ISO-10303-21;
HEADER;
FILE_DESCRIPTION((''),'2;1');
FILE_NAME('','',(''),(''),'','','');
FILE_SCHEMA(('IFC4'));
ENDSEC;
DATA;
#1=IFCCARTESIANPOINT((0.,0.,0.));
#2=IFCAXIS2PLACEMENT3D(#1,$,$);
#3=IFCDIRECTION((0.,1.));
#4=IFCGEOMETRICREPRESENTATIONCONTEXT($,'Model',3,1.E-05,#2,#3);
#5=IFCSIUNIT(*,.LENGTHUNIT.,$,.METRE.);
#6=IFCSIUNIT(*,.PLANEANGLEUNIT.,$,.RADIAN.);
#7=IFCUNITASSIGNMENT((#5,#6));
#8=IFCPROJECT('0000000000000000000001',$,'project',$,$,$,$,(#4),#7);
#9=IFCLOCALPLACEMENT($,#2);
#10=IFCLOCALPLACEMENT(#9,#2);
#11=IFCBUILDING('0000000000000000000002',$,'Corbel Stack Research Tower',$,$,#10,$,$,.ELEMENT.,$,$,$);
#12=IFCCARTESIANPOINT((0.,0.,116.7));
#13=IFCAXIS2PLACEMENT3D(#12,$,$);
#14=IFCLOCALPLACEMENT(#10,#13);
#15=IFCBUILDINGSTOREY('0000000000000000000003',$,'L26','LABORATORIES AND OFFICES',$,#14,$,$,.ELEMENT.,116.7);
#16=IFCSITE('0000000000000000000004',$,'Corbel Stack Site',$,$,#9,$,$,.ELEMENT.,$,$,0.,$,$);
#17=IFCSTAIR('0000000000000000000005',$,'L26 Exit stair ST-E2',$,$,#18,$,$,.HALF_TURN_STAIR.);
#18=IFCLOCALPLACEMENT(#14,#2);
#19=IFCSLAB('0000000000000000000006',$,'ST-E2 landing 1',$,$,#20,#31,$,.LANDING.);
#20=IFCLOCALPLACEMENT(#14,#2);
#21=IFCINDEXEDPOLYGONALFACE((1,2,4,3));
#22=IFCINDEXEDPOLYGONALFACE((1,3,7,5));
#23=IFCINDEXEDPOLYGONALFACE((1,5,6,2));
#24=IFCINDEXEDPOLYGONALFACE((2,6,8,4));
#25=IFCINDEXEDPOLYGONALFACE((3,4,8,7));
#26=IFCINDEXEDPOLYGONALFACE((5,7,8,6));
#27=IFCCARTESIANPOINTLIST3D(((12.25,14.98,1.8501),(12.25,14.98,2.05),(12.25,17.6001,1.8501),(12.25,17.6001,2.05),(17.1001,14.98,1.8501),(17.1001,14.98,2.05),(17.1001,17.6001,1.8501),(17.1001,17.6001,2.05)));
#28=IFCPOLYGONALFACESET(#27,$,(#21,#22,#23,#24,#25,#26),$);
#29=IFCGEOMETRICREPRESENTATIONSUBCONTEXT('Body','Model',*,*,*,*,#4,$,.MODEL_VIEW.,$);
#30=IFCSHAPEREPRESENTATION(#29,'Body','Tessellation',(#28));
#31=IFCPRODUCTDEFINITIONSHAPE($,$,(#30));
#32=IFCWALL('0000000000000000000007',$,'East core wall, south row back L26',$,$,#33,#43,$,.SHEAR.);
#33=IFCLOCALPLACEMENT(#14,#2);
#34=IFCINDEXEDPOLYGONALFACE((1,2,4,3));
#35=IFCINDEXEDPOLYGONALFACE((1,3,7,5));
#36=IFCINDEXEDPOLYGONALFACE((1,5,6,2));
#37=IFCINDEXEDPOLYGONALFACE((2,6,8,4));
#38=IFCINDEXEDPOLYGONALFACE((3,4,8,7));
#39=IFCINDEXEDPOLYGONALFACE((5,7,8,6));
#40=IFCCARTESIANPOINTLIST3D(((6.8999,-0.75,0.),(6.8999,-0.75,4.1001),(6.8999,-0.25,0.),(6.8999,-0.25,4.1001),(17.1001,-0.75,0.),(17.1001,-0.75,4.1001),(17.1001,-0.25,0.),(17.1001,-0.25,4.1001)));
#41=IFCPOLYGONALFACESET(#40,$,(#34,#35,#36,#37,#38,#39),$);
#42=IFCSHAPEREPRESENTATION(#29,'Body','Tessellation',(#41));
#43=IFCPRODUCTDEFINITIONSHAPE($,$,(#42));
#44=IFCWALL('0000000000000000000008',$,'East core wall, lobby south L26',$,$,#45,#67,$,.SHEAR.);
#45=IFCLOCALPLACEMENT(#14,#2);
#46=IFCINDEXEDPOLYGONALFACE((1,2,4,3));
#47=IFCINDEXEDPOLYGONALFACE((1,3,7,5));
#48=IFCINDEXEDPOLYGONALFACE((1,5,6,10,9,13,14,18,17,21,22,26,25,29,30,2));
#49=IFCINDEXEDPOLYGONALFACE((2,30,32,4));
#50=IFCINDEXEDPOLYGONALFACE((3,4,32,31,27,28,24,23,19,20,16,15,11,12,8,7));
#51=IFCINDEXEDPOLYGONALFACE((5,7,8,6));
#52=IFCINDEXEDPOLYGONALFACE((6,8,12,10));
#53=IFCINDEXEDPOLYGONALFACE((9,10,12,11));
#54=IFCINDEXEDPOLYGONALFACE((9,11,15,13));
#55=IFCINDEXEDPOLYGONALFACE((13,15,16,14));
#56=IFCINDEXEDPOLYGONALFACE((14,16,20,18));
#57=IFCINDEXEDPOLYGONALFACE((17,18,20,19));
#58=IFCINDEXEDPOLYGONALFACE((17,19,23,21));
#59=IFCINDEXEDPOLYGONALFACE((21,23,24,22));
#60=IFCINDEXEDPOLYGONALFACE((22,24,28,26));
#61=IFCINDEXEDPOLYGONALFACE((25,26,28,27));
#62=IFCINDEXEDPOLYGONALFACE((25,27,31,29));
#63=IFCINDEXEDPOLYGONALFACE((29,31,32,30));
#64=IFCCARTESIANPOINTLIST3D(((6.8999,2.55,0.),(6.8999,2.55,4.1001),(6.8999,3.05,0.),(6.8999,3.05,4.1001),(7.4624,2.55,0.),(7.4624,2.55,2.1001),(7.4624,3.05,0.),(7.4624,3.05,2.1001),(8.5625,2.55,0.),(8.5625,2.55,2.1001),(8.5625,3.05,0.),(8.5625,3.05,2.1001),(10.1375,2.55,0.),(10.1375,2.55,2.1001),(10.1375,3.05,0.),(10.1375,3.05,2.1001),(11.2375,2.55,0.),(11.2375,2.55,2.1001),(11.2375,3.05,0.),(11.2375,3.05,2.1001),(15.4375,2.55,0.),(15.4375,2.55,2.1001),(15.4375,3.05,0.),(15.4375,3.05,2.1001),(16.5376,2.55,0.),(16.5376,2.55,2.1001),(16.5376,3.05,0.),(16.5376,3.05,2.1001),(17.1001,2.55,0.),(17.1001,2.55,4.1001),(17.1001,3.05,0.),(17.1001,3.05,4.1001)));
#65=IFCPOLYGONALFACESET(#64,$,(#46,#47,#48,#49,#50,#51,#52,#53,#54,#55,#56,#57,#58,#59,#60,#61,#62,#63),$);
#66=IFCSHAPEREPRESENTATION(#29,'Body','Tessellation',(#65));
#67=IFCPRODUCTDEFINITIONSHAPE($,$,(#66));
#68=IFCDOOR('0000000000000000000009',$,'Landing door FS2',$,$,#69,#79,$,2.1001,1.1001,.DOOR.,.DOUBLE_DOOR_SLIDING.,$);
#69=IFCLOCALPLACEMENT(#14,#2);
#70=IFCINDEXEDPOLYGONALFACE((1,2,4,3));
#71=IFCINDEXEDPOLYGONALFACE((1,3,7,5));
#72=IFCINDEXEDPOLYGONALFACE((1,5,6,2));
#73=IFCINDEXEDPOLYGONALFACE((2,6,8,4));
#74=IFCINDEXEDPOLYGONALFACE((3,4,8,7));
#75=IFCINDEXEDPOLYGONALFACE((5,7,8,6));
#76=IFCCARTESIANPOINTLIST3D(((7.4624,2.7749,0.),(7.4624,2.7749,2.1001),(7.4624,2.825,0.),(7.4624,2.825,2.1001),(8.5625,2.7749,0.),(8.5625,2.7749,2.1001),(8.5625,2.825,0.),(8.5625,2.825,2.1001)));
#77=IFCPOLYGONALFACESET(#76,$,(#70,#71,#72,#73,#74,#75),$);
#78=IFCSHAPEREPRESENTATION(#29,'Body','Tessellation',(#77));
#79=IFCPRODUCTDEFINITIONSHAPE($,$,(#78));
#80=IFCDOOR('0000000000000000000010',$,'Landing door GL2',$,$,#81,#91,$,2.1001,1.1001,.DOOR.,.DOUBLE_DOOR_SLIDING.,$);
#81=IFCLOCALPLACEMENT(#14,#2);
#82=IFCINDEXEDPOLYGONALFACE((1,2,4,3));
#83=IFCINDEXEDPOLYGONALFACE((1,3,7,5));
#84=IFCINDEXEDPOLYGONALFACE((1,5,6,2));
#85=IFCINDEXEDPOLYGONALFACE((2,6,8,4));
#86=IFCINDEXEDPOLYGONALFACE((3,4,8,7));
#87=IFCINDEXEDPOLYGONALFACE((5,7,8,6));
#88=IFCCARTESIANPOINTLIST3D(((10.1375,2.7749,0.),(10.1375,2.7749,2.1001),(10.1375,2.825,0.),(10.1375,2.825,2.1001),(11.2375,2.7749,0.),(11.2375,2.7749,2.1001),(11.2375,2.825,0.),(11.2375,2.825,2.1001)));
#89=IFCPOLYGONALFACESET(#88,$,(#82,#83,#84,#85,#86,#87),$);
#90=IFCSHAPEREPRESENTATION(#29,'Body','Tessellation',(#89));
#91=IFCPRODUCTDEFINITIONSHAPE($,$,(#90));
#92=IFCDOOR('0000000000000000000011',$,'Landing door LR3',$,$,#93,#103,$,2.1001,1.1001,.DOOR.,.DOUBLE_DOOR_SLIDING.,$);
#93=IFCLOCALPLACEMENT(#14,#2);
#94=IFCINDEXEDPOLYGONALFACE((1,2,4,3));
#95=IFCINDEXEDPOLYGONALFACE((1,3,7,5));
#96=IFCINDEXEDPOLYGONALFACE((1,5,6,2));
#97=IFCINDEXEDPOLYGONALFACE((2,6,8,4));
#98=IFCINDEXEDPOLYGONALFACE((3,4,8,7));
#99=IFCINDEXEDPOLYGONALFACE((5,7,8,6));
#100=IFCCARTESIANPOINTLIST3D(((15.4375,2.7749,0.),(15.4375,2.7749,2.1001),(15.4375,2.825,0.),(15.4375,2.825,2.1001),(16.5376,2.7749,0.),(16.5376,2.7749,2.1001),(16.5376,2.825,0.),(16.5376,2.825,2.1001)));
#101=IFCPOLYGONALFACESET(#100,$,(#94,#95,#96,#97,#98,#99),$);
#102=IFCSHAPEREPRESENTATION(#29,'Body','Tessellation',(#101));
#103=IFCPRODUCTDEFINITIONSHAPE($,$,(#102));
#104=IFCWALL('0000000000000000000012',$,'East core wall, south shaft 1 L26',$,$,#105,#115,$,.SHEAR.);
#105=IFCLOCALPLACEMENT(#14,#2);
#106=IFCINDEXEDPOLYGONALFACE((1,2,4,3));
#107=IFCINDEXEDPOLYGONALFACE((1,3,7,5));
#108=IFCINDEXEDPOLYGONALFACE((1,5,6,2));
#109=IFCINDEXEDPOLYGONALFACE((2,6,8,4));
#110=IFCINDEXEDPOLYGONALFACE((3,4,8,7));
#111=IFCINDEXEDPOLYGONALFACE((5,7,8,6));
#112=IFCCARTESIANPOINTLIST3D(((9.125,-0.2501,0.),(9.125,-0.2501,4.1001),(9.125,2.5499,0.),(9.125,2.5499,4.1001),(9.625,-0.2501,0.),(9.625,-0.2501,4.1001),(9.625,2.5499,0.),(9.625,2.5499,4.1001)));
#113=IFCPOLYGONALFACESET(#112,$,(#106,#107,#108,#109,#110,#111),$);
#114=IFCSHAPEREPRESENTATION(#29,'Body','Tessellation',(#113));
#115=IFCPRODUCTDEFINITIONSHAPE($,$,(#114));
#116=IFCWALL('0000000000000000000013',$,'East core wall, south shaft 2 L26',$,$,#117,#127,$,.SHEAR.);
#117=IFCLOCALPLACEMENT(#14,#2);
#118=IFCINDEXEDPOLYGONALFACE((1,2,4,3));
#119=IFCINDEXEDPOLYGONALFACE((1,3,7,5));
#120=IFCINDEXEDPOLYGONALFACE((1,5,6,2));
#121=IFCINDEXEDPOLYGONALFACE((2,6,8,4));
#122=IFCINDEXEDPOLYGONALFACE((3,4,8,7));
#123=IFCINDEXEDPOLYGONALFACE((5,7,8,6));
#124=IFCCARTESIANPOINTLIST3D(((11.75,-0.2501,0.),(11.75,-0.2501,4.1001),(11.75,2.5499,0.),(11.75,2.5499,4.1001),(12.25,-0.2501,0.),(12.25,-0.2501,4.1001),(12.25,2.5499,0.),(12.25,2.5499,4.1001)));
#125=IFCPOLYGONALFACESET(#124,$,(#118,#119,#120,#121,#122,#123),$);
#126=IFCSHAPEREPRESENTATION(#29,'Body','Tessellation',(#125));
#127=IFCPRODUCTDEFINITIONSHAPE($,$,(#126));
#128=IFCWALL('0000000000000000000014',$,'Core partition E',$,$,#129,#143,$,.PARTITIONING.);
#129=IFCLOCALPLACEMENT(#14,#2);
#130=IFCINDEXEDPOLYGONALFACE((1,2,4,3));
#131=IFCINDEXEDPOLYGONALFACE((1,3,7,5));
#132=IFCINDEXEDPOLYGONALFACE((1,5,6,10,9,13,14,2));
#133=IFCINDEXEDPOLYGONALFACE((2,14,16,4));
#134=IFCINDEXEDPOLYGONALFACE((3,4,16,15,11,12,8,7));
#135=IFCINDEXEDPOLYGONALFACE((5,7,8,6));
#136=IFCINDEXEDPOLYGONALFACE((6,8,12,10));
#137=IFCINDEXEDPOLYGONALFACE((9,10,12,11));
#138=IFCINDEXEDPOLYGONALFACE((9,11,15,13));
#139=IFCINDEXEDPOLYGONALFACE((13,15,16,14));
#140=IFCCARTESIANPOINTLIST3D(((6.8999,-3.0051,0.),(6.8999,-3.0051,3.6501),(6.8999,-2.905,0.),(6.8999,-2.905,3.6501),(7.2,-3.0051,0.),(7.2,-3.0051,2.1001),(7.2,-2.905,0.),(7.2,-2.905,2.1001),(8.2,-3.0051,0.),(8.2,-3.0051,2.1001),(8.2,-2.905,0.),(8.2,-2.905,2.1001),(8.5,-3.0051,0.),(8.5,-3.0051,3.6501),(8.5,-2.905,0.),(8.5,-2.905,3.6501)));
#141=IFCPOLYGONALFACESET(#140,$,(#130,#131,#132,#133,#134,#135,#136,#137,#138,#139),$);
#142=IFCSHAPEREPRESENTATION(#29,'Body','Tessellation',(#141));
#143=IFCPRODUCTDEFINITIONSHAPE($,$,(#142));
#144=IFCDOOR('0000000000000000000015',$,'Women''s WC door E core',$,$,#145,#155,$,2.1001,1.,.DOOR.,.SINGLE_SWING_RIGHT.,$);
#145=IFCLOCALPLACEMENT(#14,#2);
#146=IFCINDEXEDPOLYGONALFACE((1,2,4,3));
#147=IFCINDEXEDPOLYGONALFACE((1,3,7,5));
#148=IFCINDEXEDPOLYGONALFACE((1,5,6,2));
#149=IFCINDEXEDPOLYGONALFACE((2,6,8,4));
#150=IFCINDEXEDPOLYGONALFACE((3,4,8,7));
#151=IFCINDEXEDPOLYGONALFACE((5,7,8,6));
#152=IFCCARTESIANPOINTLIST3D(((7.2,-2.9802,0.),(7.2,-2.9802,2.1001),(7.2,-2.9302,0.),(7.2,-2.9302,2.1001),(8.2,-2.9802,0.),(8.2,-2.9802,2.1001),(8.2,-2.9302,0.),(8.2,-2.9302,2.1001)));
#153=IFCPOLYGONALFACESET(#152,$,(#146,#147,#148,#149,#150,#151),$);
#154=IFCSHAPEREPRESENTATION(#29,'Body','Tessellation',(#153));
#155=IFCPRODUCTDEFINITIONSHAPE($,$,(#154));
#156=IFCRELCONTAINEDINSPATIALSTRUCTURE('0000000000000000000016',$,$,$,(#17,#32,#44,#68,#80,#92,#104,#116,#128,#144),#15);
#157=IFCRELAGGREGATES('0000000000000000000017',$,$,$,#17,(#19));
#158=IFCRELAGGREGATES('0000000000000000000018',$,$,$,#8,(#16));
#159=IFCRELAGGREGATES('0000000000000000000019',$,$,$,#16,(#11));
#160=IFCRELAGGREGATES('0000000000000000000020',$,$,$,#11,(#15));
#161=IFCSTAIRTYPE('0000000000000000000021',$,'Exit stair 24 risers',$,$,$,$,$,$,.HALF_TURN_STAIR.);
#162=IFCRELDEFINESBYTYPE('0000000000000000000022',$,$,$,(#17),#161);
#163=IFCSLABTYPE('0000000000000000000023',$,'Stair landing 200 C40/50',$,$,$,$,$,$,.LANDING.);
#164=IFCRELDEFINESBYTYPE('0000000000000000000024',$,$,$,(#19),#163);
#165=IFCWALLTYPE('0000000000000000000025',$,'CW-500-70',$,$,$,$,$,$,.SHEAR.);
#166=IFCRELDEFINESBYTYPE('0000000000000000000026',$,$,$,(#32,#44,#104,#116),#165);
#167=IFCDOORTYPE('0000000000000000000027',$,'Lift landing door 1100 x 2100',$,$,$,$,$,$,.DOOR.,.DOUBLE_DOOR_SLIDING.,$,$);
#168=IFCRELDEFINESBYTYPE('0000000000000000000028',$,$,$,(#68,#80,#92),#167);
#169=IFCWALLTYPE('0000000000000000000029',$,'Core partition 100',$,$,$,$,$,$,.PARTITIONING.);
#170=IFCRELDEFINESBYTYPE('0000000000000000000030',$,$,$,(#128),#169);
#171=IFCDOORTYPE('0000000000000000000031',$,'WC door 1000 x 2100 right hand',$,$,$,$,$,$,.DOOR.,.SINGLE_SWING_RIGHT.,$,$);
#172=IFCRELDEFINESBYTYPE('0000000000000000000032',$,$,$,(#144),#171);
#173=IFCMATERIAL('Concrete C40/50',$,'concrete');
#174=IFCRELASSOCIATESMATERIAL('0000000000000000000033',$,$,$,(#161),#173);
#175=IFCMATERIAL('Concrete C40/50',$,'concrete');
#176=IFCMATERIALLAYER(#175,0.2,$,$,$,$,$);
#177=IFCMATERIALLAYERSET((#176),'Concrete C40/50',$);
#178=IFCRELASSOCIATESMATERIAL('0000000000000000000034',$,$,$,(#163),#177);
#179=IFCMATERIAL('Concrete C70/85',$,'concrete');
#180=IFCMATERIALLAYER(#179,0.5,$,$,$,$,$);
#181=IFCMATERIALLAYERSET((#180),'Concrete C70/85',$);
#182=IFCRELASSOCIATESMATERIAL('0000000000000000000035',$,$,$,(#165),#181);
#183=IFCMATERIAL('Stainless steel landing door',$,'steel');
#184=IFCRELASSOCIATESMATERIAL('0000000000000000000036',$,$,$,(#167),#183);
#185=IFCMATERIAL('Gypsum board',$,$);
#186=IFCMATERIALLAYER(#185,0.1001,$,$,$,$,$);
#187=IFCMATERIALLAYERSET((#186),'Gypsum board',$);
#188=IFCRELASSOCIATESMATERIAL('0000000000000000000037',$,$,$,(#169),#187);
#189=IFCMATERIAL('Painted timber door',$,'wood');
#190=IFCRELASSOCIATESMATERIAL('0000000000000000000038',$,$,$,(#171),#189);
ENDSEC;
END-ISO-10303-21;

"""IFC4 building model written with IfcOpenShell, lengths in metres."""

from ifc_helpers import new_model, si_unit, direction, frame, frame_2d, origin, place, context, subcontext, project, spatial, polyline, rectangle, outline, extrude, material, layer, layer_set, type_object, element, fill, aggregate, save


model = new_model("IFC4")

# Units and contexts
model_context = context("Model", 3, precision=1e-05, world=origin(), true_north=direction((0.0, 1.0)))
body_context = subcontext(model_context, "Body", "Model", "MODEL_VIEW")
ifc_project = project(units=[si_unit("LENGTHUNIT", "METRE"), si_unit("PLANEANGLEUNIT", "RADIAN")], contexts=[model_context])

# Site, building, storey
site_placement = place(None, origin())
site = spatial("IfcSite", under=ifc_project, at=site_placement, Name="Corbel Stack Site", CompositionType="ELEMENT", RefElevation=0.0)
building_placement = place(site_placement, origin())
building = spatial("IfcBuilding", under=site, at=building_placement, Name="Corbel Stack Research Tower", CompositionType="ELEMENT")
storey_placement = place(building_placement, frame((0.0, 0.0, 116.7)))
storey = spatial("IfcBuildingStorey", under=building, at=storey_placement, Name="L26", Description="LABORATORIES AND OFFICES", CompositionType="ELEMENT", Elevation=116.7)

# Stair, slab
ifc_material_1 = material(Name="Concrete C40/50", Category="concrete")
stair_type = type_object("IfcStairType", Name="Exit stair 24 risers", PredefinedType="HALF_TURN_STAIR", material=ifc_material_1)
ifc_material_2 = material(Name="Concrete C40/50", Category="concrete")
ifc_layer_1 = layer(ifc_material_2, 0.2)
ifc_layer_set_1 = layer_set([ifc_layer_1], Name="Concrete C40/50")
slab_type_1 = type_object("IfcSlabType", Name="Stair landing 200 C40/50", PredefinedType="LANDING", material=ifc_layer_set_1)
stair_1_placement = place(storey_placement, origin())
stair_1 = element("IfcStair", 1, at=stair_1_placement, inside=storey, type_object=stair_type, Name="L26 Exit stair ST-E2", PredefinedType="HALF_TURN_STAIR")
slab_1_placement = place(storey_placement, frame((0.0, 0.0, 1.8501)))
slab_1 = element("IfcSlab", 2, at=slab_1_placement, type_object=slab_type_1, Name="ST-E2 landing 1", PredefinedType="LANDING", context=body_context, shape_type="SweptSolid", body=[
    extrude(outline(polyline([(12.25, 14.98), (12.25, 17.6001), (17.1001, 17.6001), (17.1001, 14.98), (12.25, 14.98)])), origin(), (0.0, 0.0, 1.0), 0.2),
])
aggregate(stair_1, [slab_1])

# Wall
ifc_material_3 = material(Name="Concrete C70/85", Category="concrete")
ifc_layer_2 = layer(ifc_material_3, 0.5)
ifc_layer_set_2 = layer_set([ifc_layer_2], Name="Concrete C70/85")
wall_type_1 = type_object("IfcWallType", Name="CW-500-70", PredefinedType="SHEAR", material=ifc_layer_set_2)
wall_1_placement = place(storey_placement, frame((6.8999, -0.5, 0.0), z_axis=(0.0, 0.0, 1.0), x_axis=(1.0, 0.0, 0.0)))
element("IfcWall", 3, at=wall_1_placement, inside=storey, type_object=wall_type_1, Name="East core wall, south row back L26", PredefinedType="SHEAR", context=body_context, shape_type="SweptSolid", body=[
    extrude(rectangle(XDim=10.2002, YDim=0.5, at=frame_2d((5.1001, 0.0))), origin(), (0.0, 0.0, 1.0), 4.1001),
])

# Wall, openings, doors
wall_2_placement = place(storey_placement, frame((6.8999, 2.8, 0.0), z_axis=(0.0, 0.0, 1.0), x_axis=(1.0, 0.0, 0.0)))
wall_2 = element("IfcWall", 4, at=wall_2_placement, inside=storey, type_object=wall_type_1, Name="East core wall, lobby south L26", PredefinedType="SHEAR", context=body_context, shape_type="SweptSolid", body=[
    extrude(rectangle(XDim=10.2002, YDim=0.5, at=frame_2d((5.1001, 0.0))), origin(), (0.0, 0.0, 1.0), 4.1001),
])
opening_1_placement = place(wall_2_placement, frame((0.5625, 0.0, 0.0)))
opening_1 = element("IfcOpeningElement", 5, at=opening_1_placement, cuts=wall_2, PredefinedType="OPENING", context=body_context, shape_type="SweptSolid", body=[
    extrude(rectangle(XDim=1.1001, YDim=2.1001, at=frame_2d((0.55, 1.05))), frame((0.0, 0.26, 0.0), z_axis=(0.0, -1.0, 0.0), x_axis=(1.0, 0.0, 0.0)), (0.0, 0.0, 1.0), 0.52),
])
opening_2_placement = place(wall_2_placement, frame((3.2375, 0.0, 0.0)))
opening_2 = element("IfcOpeningElement", 6, at=opening_2_placement, cuts=wall_2, PredefinedType="OPENING", context=body_context, shape_type="SweptSolid", body=[
    extrude(rectangle(XDim=1.1001, YDim=2.1001, at=frame_2d((0.55, 1.05))), frame((0.0, 0.26, 0.0), z_axis=(0.0, -1.0, 0.0), x_axis=(1.0, 0.0, 0.0)), (0.0, 0.0, 1.0), 0.52),
])
opening_3_placement = place(wall_2_placement, frame((8.5376, 0.0, 0.0)))
opening_3 = element("IfcOpeningElement", 7, at=opening_3_placement, cuts=wall_2, PredefinedType="OPENING", context=body_context, shape_type="SweptSolid", body=[
    extrude(rectangle(XDim=1.1001, YDim=2.1001, at=frame_2d((0.55, 1.05))), frame((0.0, 0.26, 0.0), z_axis=(0.0, -1.0, 0.0), x_axis=(1.0, 0.0, 0.0)), (0.0, 0.0, 1.0), 0.52),
])
ifc_material_4 = material(Name="Stainless steel landing door", Category="steel")
door_type_1 = type_object("IfcDoorType", Name="Lift landing door 1100 x 2100", OperationType="DOUBLE_DOOR_SLIDING", PredefinedType="DOOR", material=ifc_material_4)
door_1_placement = place(opening_1_placement, origin())
door_1 = element("IfcDoor", 8, at=door_1_placement, inside=storey, type_object=door_type_1, Name="Landing door FS2", OperationType="DOUBLE_DOOR_SLIDING", OverallHeight=2.1001, OverallWidth=1.1001, PredefinedType="DOOR", context=body_context, shape_type="SweptSolid", body=[
    extrude(rectangle(XDim=1.1001, YDim=2.1001, at=frame_2d((0.55, 1.05))), frame((0.0, 0.0249, 0.0), z_axis=(0.0, -1.0, 0.0), x_axis=(1.0, 0.0, 0.0)), (0.0, 0.0, 1.0), 0.05),
])
fill(opening_1, door_1)
door_2_placement = place(opening_2_placement, origin())
door_2 = element("IfcDoor", 9, at=door_2_placement, inside=storey, type_object=door_type_1, Name="Landing door GL2", OperationType="DOUBLE_DOOR_SLIDING", OverallHeight=2.1001, OverallWidth=1.1001, PredefinedType="DOOR", context=body_context, shape_type="SweptSolid", body=[
    extrude(rectangle(XDim=1.1001, YDim=2.1001, at=frame_2d((0.55, 1.05))), frame((0.0, 0.0249, 0.0), z_axis=(0.0, -1.0, 0.0), x_axis=(1.0, 0.0, 0.0)), (0.0, 0.0, 1.0), 0.05),
])
fill(opening_2, door_2)
door_3_placement = place(opening_3_placement, origin())
door_3 = element("IfcDoor", 10, at=door_3_placement, inside=storey, type_object=door_type_1, Name="Landing door LR3", OperationType="DOUBLE_DOOR_SLIDING", OverallHeight=2.1001, OverallWidth=1.1001, PredefinedType="DOOR", context=body_context, shape_type="SweptSolid", body=[
    extrude(rectangle(XDim=1.1001, YDim=2.1001, at=frame_2d((0.55, 1.05))), frame((0.0, 0.0249, 0.0), z_axis=(0.0, -1.0, 0.0), x_axis=(1.0, 0.0, 0.0)), (0.0, 0.0, 1.0), 0.05),
])
fill(opening_3, door_3)

# Walls
for number, where, z_axis, x_axis, name in (
    (11, (9.375, -0.25, 0.0), (0.0, 0.0, 1.0), (0.0, 1.0, 0.0), "East core wall, south shaft 1 L26"),
    (12, (12.0, -0.25, 0.0), (0.0, 0.0, 1.0), (0.0, 1.0, 0.0), "East core wall, south shaft 2 L26"),
):
    element("IfcWall", number, at=place(storey_placement, frame(where, z_axis=z_axis, x_axis=x_axis)), inside=storey, type_object=wall_type_1, Name=name, PredefinedType="SHEAR", context=body_context, shape_type="SweptSolid", body=[
        extrude(rectangle(XDim=2.8, YDim=0.5, at=frame_2d((1.3999, 0.0))), origin(), (0.0, 0.0, 1.0), 4.1001),
    ])

# Wall, opening, door
ifc_material_5 = material(Name="Gypsum board")
ifc_layer_3 = layer(ifc_material_5, 0.1001)
ifc_layer_set_3 = layer_set([ifc_layer_3], Name="Gypsum board")
wall_type_2 = type_object("IfcWallType", Name="Core partition 100", PredefinedType="PARTITIONING", material=ifc_layer_set_3)
wall_3_placement = place(storey_placement, frame((6.8999, -2.9551, 0.0), z_axis=(0.0, 0.0, 1.0), x_axis=(1.0, 0.0, 0.0)))
wall_3 = element("IfcWall", 13, at=wall_3_placement, inside=storey, type_object=wall_type_2, Name="Core partition E", PredefinedType="PARTITIONING", context=body_context, shape_type="SweptSolid", body=[
    extrude(rectangle(XDim=1.6001, YDim=0.1001, at=frame_2d((0.8, 0.0))), origin(), (0.0, 0.0, 1.0), 3.6501),
])
opening_4_placement = place(wall_3_placement, frame((0.3, 0.0, 0.0)))
opening_4 = element("IfcOpeningElement", 14, at=opening_4_placement, cuts=wall_3, PredefinedType="OPENING", context=body_context, shape_type="SweptSolid", body=[
    extrude(rectangle(XDim=1.0, YDim=2.1001, at=frame_2d((0.5, 1.05))), frame((0.0, 0.0601, 0.0), z_axis=(0.0, -1.0, 0.0), x_axis=(1.0, 0.0, 0.0)), (0.0, 0.0, 1.0), 0.1201),
])
ifc_material_6 = material(Name="Painted timber door", Category="wood")
door_type_2 = type_object("IfcDoorType", Name="WC door 1000 x 2100 right hand", OperationType="SINGLE_SWING_RIGHT", PredefinedType="DOOR", material=ifc_material_6)
door_4_placement = place(opening_4_placement, origin())
door_4 = element("IfcDoor", 15, at=door_4_placement, inside=storey, type_object=door_type_2, Name="Women's WC door E core", OperationType="SINGLE_SWING_RIGHT", OverallHeight=2.1001, OverallWidth=1.0, PredefinedType="DOOR", context=body_context, shape_type="SweptSolid", body=[
    extrude(rectangle(XDim=1.0, YDim=2.1001, at=frame_2d((0.5, 1.05))), frame((0.0, 0.0249, 0.0), z_axis=(0.0, -1.0, 0.0), x_axis=(1.0, 0.0, 0.0)), (0.0, 0.0, 1.0), 0.05),
])
fill(opening_4, door_4)

save(model, "model.ifc")
